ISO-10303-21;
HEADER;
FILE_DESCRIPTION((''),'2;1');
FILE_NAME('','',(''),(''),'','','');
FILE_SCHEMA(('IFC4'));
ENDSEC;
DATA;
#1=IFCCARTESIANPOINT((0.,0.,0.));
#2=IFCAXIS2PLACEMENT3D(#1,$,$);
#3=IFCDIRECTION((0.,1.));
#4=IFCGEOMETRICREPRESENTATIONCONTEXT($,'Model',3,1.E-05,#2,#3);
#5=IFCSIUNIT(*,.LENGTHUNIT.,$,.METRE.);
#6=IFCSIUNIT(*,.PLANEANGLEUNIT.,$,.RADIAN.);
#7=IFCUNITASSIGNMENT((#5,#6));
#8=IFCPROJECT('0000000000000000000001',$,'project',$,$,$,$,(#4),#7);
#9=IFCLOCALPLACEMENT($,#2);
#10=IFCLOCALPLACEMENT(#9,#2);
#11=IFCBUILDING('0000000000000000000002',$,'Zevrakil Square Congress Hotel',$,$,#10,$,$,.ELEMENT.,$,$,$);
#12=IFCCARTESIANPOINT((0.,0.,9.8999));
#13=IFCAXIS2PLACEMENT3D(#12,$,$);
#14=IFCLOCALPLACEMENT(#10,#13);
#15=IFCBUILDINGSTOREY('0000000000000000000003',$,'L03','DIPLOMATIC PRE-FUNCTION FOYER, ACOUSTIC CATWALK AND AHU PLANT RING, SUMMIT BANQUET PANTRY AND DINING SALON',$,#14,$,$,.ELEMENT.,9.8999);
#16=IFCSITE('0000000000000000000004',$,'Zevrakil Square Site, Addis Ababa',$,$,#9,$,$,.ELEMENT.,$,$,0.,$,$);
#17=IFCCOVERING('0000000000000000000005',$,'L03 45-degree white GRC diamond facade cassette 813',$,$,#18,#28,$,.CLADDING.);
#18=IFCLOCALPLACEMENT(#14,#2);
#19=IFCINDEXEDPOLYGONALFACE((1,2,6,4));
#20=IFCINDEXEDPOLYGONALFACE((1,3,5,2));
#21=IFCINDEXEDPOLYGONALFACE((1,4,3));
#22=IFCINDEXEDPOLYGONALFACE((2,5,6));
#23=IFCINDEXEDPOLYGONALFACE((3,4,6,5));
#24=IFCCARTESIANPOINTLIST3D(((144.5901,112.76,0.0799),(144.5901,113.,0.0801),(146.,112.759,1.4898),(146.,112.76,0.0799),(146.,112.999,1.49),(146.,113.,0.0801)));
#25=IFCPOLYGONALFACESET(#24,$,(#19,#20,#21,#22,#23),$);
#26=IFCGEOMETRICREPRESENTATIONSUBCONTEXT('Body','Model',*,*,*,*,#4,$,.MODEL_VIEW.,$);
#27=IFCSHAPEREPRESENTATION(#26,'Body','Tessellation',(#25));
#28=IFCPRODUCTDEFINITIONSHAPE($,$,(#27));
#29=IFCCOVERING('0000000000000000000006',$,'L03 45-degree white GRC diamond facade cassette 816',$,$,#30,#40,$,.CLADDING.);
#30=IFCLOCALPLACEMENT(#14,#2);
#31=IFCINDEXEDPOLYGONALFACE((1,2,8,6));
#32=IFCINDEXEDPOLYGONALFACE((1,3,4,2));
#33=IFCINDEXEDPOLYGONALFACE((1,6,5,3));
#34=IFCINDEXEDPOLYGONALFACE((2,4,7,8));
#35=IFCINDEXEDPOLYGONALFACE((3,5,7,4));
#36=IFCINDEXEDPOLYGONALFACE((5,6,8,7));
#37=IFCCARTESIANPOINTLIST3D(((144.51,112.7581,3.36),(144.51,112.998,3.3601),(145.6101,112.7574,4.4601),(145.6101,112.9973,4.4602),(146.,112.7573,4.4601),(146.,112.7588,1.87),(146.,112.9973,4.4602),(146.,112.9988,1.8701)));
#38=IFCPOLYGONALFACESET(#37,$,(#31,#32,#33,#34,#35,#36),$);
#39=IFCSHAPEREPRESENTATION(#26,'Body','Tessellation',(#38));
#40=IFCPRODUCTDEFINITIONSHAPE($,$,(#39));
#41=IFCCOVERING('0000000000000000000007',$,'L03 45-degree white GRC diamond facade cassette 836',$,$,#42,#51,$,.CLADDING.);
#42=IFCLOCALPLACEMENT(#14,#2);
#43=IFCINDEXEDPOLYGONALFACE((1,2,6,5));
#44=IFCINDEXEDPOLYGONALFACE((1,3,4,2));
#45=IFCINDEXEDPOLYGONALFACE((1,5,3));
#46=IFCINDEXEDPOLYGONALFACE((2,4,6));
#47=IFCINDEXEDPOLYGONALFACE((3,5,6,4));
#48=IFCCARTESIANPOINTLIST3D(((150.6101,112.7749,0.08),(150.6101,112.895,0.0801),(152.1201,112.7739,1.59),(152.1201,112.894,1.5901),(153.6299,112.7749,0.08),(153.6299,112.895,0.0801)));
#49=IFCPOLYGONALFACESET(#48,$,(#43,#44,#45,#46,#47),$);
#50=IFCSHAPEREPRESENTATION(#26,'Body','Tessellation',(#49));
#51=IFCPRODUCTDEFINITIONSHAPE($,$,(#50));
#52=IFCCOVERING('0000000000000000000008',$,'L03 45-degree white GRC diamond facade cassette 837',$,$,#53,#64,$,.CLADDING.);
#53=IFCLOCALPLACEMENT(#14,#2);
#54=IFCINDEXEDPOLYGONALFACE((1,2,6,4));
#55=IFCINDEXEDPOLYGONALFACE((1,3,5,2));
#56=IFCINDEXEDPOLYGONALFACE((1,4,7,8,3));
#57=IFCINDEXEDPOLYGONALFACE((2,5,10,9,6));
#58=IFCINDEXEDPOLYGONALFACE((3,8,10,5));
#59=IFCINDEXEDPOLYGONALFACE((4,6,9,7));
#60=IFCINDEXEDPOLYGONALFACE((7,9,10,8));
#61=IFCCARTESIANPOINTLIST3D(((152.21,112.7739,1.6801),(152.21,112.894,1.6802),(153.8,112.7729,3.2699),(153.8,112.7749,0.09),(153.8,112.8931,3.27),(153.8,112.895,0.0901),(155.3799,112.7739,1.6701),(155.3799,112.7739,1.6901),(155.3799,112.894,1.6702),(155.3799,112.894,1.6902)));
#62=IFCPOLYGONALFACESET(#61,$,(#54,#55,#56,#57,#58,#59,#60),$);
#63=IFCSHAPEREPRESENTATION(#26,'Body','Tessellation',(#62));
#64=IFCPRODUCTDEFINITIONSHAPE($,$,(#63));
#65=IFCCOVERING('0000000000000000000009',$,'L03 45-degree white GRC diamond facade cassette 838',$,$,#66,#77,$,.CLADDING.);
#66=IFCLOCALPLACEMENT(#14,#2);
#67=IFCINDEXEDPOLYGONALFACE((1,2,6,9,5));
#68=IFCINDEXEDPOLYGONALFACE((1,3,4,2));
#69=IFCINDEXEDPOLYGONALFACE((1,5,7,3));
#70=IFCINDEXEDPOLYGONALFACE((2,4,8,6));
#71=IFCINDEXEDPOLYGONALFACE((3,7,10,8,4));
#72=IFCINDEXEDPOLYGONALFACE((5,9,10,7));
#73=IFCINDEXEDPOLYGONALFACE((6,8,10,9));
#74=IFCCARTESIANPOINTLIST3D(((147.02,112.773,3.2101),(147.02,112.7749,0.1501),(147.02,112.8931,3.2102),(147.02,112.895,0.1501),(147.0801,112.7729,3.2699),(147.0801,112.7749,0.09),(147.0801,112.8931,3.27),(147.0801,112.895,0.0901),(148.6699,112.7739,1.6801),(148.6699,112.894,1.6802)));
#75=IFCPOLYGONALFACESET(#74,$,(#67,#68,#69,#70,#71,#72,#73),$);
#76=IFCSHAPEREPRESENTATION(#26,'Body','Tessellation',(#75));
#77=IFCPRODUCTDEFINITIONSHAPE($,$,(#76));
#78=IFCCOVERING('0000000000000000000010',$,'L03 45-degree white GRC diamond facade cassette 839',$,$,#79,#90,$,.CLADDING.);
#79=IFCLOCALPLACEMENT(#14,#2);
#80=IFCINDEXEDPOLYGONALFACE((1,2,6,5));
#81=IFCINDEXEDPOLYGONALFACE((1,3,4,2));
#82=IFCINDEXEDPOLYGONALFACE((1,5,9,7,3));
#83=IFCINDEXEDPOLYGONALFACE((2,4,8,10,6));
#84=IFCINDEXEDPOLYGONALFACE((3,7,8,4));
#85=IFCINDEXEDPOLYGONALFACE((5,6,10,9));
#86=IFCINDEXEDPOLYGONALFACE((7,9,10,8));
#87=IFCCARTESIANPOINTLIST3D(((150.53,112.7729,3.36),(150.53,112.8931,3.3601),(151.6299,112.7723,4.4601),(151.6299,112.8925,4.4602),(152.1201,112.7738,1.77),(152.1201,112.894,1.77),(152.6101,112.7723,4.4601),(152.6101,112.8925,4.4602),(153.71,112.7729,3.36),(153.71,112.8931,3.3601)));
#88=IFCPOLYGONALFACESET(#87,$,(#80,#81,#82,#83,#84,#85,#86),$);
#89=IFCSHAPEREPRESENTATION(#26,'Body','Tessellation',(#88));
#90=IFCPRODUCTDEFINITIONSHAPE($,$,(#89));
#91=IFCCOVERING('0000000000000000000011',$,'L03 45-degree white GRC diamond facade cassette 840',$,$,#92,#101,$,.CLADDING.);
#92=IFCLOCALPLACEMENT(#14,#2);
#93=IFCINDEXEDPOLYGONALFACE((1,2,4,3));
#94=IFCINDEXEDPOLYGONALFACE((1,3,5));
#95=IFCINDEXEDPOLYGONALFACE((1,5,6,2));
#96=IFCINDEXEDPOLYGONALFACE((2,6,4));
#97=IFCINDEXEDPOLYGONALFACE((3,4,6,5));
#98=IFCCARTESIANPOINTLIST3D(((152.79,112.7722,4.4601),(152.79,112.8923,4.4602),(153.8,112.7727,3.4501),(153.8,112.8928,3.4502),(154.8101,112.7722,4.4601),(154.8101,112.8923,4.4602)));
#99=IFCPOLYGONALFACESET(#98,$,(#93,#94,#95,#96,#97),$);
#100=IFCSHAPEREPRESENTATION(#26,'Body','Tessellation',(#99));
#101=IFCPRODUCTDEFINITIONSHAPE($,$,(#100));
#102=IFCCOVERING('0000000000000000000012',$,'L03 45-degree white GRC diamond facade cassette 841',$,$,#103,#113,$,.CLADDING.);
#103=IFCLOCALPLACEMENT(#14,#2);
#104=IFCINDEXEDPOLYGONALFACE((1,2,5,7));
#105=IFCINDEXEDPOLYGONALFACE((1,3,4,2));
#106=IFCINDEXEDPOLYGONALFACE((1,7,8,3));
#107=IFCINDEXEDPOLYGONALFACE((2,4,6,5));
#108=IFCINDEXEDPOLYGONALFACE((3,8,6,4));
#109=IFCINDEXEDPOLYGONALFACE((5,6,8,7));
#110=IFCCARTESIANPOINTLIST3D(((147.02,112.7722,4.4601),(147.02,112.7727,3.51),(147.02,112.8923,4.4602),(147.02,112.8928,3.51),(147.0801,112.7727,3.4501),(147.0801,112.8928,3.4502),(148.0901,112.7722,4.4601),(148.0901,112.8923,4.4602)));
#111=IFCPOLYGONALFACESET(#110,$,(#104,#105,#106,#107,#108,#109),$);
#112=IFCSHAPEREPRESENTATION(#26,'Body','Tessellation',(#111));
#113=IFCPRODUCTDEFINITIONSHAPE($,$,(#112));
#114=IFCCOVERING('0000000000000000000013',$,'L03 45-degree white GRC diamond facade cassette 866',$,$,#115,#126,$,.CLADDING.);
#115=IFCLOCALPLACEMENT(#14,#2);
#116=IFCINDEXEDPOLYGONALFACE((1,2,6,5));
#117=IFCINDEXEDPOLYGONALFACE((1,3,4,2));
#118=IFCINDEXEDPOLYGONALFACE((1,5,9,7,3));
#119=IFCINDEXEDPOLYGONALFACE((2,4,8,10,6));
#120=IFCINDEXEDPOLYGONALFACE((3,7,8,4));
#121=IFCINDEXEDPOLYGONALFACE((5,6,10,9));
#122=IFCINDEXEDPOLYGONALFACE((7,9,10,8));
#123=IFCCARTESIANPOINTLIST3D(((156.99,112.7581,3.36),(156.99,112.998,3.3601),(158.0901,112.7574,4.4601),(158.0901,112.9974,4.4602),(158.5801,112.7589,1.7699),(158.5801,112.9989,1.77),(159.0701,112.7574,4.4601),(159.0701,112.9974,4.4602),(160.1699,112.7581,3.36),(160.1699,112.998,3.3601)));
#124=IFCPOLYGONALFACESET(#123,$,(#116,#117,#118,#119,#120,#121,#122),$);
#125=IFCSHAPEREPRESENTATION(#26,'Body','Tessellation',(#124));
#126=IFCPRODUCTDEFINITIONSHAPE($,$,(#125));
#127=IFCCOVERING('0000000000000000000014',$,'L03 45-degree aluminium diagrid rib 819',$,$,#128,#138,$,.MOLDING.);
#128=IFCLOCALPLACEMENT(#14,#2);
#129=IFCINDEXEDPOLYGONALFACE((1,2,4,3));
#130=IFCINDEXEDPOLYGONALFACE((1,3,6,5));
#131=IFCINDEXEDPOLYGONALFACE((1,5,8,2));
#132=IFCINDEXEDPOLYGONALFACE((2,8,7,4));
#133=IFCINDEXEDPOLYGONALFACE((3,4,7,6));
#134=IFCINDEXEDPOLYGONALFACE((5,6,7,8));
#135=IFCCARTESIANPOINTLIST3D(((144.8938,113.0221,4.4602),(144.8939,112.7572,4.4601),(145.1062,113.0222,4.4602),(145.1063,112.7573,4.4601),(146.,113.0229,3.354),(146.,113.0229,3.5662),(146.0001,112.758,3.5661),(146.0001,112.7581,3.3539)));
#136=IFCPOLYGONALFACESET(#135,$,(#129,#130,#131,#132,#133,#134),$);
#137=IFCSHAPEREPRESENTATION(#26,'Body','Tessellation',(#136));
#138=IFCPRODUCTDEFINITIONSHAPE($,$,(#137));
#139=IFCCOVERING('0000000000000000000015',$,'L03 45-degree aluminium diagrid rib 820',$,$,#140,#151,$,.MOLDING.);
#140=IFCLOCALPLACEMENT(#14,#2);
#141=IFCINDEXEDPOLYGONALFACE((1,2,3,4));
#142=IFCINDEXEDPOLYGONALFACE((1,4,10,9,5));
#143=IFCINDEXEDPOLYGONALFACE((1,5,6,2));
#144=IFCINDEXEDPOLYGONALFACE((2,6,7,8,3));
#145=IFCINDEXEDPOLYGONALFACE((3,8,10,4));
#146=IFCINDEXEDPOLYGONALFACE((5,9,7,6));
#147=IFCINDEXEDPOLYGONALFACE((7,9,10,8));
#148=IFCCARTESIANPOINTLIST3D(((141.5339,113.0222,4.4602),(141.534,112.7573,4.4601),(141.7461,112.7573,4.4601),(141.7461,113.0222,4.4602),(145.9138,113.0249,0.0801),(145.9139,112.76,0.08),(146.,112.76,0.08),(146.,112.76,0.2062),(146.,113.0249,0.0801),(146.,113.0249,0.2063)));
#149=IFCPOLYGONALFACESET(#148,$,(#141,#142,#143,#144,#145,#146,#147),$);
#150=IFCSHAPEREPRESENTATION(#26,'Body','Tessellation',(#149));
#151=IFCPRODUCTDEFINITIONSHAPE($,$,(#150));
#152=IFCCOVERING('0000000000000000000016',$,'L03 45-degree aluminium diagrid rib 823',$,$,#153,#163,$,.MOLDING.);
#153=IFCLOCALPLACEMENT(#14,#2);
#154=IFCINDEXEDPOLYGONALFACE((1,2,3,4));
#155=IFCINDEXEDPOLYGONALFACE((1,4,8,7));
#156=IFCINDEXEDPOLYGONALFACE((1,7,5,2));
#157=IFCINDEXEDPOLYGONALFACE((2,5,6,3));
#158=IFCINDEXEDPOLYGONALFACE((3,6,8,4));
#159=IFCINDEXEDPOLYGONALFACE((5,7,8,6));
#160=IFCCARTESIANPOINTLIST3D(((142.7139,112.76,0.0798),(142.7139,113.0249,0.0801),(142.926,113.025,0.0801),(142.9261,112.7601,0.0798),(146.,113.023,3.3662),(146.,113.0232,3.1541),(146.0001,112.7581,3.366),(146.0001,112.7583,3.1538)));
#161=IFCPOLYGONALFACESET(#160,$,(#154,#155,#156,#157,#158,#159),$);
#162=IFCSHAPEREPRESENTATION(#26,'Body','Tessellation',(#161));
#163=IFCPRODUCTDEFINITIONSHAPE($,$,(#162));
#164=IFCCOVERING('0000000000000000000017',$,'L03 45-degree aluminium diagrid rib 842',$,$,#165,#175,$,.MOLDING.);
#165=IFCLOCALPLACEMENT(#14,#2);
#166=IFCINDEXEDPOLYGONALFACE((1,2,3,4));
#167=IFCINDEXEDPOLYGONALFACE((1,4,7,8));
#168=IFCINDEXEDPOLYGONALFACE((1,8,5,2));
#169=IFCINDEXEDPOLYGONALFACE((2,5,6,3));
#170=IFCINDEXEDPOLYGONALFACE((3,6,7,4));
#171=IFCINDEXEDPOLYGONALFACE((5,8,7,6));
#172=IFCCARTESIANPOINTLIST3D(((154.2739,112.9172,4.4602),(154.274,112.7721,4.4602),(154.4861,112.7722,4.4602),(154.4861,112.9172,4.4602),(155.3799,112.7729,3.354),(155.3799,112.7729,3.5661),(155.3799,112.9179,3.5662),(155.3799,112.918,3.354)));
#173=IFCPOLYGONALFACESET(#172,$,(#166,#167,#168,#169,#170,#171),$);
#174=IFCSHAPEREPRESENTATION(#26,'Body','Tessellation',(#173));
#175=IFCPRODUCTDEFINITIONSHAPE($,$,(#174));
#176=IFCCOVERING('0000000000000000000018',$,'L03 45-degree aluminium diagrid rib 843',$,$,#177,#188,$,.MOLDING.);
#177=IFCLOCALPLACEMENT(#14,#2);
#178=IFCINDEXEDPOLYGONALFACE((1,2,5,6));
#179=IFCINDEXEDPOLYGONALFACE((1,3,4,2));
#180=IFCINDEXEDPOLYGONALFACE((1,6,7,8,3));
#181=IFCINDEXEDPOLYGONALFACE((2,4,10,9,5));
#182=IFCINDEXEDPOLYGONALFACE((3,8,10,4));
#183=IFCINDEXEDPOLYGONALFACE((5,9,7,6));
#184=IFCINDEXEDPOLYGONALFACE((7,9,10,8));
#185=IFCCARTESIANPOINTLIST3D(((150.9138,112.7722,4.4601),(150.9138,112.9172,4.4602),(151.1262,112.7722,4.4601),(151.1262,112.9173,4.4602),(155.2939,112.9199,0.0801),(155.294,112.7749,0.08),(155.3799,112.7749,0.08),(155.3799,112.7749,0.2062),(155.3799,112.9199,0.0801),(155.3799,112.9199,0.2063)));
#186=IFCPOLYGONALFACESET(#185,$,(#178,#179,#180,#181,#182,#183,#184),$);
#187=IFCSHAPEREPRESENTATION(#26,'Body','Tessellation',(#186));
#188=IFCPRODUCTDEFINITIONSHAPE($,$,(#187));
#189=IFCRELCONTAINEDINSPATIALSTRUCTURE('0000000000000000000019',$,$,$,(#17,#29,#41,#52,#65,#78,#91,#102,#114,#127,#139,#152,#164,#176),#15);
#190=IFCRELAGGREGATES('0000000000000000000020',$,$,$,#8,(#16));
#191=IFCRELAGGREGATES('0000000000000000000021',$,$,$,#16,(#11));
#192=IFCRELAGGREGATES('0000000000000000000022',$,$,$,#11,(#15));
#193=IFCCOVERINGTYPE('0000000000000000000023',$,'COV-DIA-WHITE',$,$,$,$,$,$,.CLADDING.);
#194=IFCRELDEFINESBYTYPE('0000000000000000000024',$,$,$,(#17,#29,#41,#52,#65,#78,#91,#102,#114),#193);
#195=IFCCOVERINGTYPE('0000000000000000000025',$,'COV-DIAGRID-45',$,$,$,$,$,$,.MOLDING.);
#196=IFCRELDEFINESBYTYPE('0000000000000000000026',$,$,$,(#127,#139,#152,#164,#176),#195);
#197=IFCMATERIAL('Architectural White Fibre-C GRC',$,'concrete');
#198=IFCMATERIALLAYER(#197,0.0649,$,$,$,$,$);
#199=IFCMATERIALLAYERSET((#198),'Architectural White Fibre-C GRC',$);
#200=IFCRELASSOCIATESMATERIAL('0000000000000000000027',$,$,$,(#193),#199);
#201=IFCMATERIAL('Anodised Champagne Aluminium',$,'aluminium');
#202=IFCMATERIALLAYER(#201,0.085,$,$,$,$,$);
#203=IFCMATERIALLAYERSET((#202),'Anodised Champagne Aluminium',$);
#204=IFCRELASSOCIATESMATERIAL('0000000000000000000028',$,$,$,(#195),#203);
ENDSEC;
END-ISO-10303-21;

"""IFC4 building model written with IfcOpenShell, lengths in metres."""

from ifc_helpers import new_model, si_unit, direction, frame, origin, place, context, subcontext, project, spatial, polyline, outline, extrude, material, layer, layer_set, type_object, element, save


model = new_model("IFC4")

# Units and contexts
model_context = context("Model", 3, precision=1e-05, world=origin(), true_north=direction((0.0, 1.0)))
body_context = subcontext(model_context, "Body", "Model", "MODEL_VIEW")
ifc_project = project(units=[si_unit("LENGTHUNIT", "METRE"), si_unit("PLANEANGLEUNIT", "RADIAN")], contexts=[model_context])

# Site, building, storey
site_placement = place(None, origin())
site = spatial("IfcSite", under=ifc_project, at=site_placement, Name="Zevrakil Square Site, Addis Ababa", CompositionType="ELEMENT", RefElevation=0.0)
building_placement = place(site_placement, origin())
building = spatial("IfcBuilding", under=site, at=building_placement, Name="Zevrakil Square Congress Hotel", CompositionType="ELEMENT")
storey_placement = place(building_placement, frame((0.0, 0.0, 9.8999)))
storey = spatial("IfcBuildingStorey", under=building, at=storey_placement, Name="L03", Description="DIPLOMATIC PRE-FUNCTION FOYER, ACOUSTIC CATWALK AND AHU PLANT RING, SUMMIT BANQUET PANTRY AND DINING SALON", CompositionType="ELEMENT", Elevation=9.8999)

# Coverings
ifc_material_1 = material(Name="Architectural White Fibre-C GRC", Category="concrete")
ifc_layer_1 = layer(ifc_material_1, 0.0649)
ifc_layer_set_1 = layer_set([ifc_layer_1], Name="Architectural White Fibre-C GRC")
covering_type_1 = type_object("IfcCoveringType", Name="COV-DIA-WHITE", PredefinedType="CLADDING", material=ifc_layer_set_1)
covering_1_placement = place(storey_placement, frame((144.5901, 113.0, 0.0801), z_axis=(0.0, 1.0, 0.000693), x_axis=(1.0, 0.0, 0.0)))
element("IfcCovering", 1, at=covering_1_placement, inside=storey, type_object=covering_type_1, Name="L03 45-degree white GRC diamond facade cassette 813", PredefinedType="CLADDING", context=body_context, shape_type="SweptSolid", body=[
    extrude(outline(polyline([(0.0, 0.0), (1.4099, 0.0), (1.4099, -1.4099), (0.0, 0.0)])), origin(), (0.0, 0.0, -1.0), 0.24),
])
covering_2_placement = place(storey_placement, frame((144.51, 112.998, 3.3601), z_axis=(0.000067, 1.0, 0.000576), x_axis=(0.707107, 0.00036, -0.707107)))
element("IfcCovering", 2, at=covering_2_placement, inside=storey, type_object=covering_type_1, Name="L03 45-degree white GRC diamond facade cassette 816", PredefinedType="CLADDING", context=body_context, shape_type="SweptSolid", body=[
    extrude(outline(polyline([(0.0, 0.0), (2.1072, 0.0), (0.2757, -1.8315), (0.0, -1.5558), (0.0, 0.0)])), origin(), (0.0, 0.0, -1.0), 0.24),
])
covering_3_placement = place(storey_placement, frame((152.1201, 112.894, 1.5901), z_axis=(0.0, 1.0, 0.000647), x_axis=(-0.707107, 0.000457, -0.707107)))
element("IfcCovering", 3, at=covering_3_placement, inside=storey, type_object=covering_type_1, Name="L03 45-degree white GRC diamond facade cassette 836", PredefinedType="CLADDING", context=body_context, shape_type="SweptSolid", body=[
    extrude(outline(polyline([(0.0, 0.0), (2.1355, 0.0), (0.0002, -2.1353), (0.0, 0.0)])), origin(), (0.0, 0.0, -1.0), 0.1201),
])
covering_4_placement = place(storey_placement, frame((153.8, 112.8931, 3.27), z_axis=(0.0, 1.0, 0.000612), x_axis=(-0.707161, 0.000433, -0.707052)))
element("IfcCovering", 4, at=covering_4_placement, inside=storey, type_object=covering_type_1, Name="L03 45-degree white GRC diamond facade cassette 837", PredefinedType="CLADDING", context=body_context, shape_type="SweptSolid", body=[
    extrude(outline(polyline([(0.0, 0.0), (2.2486, 0.0), (2.2484, -2.2487), (0.014, -2.2484), (-0.0002, -2.2342), (0.0, 0.0)])), origin(), (0.0, 0.0, -1.0), 0.1201),
])
covering_5_placement = place(storey_placement, frame((147.0801, 112.895, 0.0901), z_axis=(0.0, 1.0, 0.000615), x_axis=(0.707052, -0.000435, 0.707161)))
element("IfcCovering", 5, at=covering_5_placement, inside=storey, type_object=covering_type_1, Name="L03 45-degree white GRC diamond facade cassette 838", PredefinedType="CLADDING", context=body_context, shape_type="SweptSolid", body=[
    extrude(outline(polyline([(0.0, 0.0), (2.2486, 0.0), (2.2487, -2.2484), (2.164, -2.2486), (0.0, -0.0849), (0.0, 0.0)])), origin(), (0.0, 0.0, -1.0), 0.1201),
])
covering_6_placement = place(storey_placement, frame((150.53, 112.8931, 3.3601), z_axis=(0.0, 1.0, 0.000558), x_axis=(0.707107, 0.000395, -0.707107)))
element("IfcCovering", 6, at=covering_6_placement, inside=storey, type_object=covering_type_1, Name="L03 45-degree white GRC diamond facade cassette 839", PredefinedType="CLADDING", context=body_context, shape_type="SweptSolid", body=[
    extrude(outline(polyline([(0.0, 0.0), (2.2487, 0.0), (2.2486, -2.2486), (0.693, -2.2487), (-0.0002, -1.5556), (0.0, 0.0)])), origin(), (0.0, 0.0, -1.0), 0.1201),
])
covering_7_placement = place(storey_placement, frame((153.8, 112.8928, 3.4502), z_axis=(0.0, 1.0, 0.000483), x_axis=(0.707107, -0.000342, 0.707107)))
element("IfcCovering", 7, at=covering_7_placement, inside=storey, type_object=covering_type_1, Name="L03 45-degree white GRC diamond facade cassette 840", PredefinedType="CLADDING", context=body_context, shape_type="SweptSolid", body=[
    extrude(outline(polyline([(0.0, 0.0), (1.4284, 0.0), (0.0, -1.4284), (0.0, 0.0)])), origin(), (0.0, 0.0, -1.0), 0.1201),
])
covering_8_placement = place(storey_placement, frame((147.0801, 112.8928, 3.4502), z_axis=(0.000026, 1.0, 0.000485), x_axis=(0.707107, -0.000361, 0.707107)))
element("IfcCovering", 8, at=covering_8_placement, inside=storey, type_object=covering_type_1, Name="L03 45-degree white GRC diamond facade cassette 841", PredefinedType="CLADDING", context=body_context, shape_type="SweptSolid", body=[
    extrude(outline(polyline([(0.0, 0.0), (1.4284, 0.0), (0.6717, -0.7567), (-0.0002, -0.0848), (0.0, 0.0)])), origin(), (0.0, 0.0, -1.0), 0.1201),
])
covering_9_placement = place(storey_placement, frame((156.99, 112.998, 3.3601), z_axis=(0.0, 1.0, 0.000558), x_axis=(0.707107, 0.000395, -0.707107)))
element("IfcCovering", 9, at=covering_9_placement, inside=storey, type_object=covering_type_1, Name="L03 45-degree white GRC diamond facade cassette 866", PredefinedType="CLADDING", context=body_context, shape_type="SweptSolid", body=[
    extrude(outline(polyline([(0.0, 0.0), (2.2487, 0.0), (2.2486, -2.2486), (0.693, -2.2487), (0.0, -1.5558), (0.0, 0.0)])), origin(), (0.0, 0.0, -1.0), 0.24),
])
ifc_material_2 = material(Name="Anodised Champagne Aluminium", Category="aluminium")
ifc_layer_2 = layer(ifc_material_2, 0.085)
ifc_layer_set_2 = layer_set([ifc_layer_2], Name="Anodised Champagne Aluminium")
covering_type_2 = type_object("IfcCoveringType", Name="COV-DIAGRID-45", PredefinedType="MOLDING", material=ifc_layer_set_2)
covering_10_placement = place(storey_placement, frame((146.0, 113.0229, 3.354), z_axis=(-0.000366, 1.0, 0.000366), x_axis=(0.0, -0.000366, 1.0)))
element("IfcCovering", 10, at=covering_10_placement, inside=storey, type_object=covering_type_2, Name="L03 45-degree aluminium diagrid rib 819", PredefinedType="MOLDING", context=body_context, shape_type="SweptSolid", body=[
    extrude(outline(polyline([(0.0, 0.0), (0.2122, 0.0), (1.1062, -0.8938), (1.1062, -1.1062), (0.0, 0.0)])), origin(), (0.0, 0.0, -1.0), 0.2649),
])
covering_11_placement = place(storey_placement, frame((145.9138, 113.0249, 0.0801), z_axis=(-0.000184, 1.0, 0.000435), x_axis=(1.0, 0.000184, 0.0)))
element("IfcCovering", 11, at=covering_11_placement, inside=storey, type_object=covering_type_2, Name="L03 45-degree aluminium diagrid rib 820", PredefinedType="MOLDING", context=body_context, shape_type="SweptSolid", body=[
    extrude(outline(polyline([(0.0, 0.0), (0.0862, 0.0), (0.0862, -0.1262), (-4.1677, -4.3801), (-4.3799, -4.3801), (0.0, 0.0)])), origin(), (0.0, 0.0, -1.0), 0.2649),
])
covering_12_placement = place(storey_placement, frame((146.0, 113.0232, 3.1541), z_axis=(-0.000287, 1.0, 0.000863), x_axis=(0.0, -0.000863, 1.0)))
element("IfcCovering", 12, at=covering_12_placement, inside=storey, type_object=covering_type_2, Name="L03 45-degree aluminium diagrid rib 823", PredefinedType="MOLDING", context=body_context, shape_type="SweptSolid", body=[
    extrude(outline(polyline([(0.0, 0.0), (0.2122, 0.0), (-3.074, -3.2861), (-3.074, -3.074), (0.0, 0.0)])), origin(), (0.0, 0.0, -1.0), 0.2649),
])
covering_13_placement = place(storey_placement, frame((155.3799, 112.918, 3.354), z_axis=(-0.000366, 1.0, 0.000366), x_axis=(0.0, -0.000366, 1.0)))
element("IfcCovering", 13, at=covering_13_placement, inside=storey, type_object=covering_type_2, Name="L03 45-degree aluminium diagrid rib 842", PredefinedType="MOLDING", context=body_context, shape_type="SweptSolid", body=[
    extrude(outline(polyline([(0.0, 0.0), (0.2122, 0.0), (1.1062, -0.8938), (1.1062, -1.106), (0.0, 0.0)])), origin(), (0.0, 0.0, -1.0), 0.145),
])
covering_14_placement = place(storey_placement, frame((155.2939, 112.9199, 0.0801), z_axis=(-0.000184, 1.0, 0.000435), x_axis=(1.0, 0.000184, 0.0)))
element("IfcCovering", 14, at=covering_14_placement, inside=storey, type_object=covering_type_2, Name="L03 45-degree aluminium diagrid rib 843", PredefinedType="MOLDING", context=body_context, shape_type="SweptSolid", body=[
    extrude(outline(polyline([(0.0, 0.0), (0.0859, 0.0), (0.0859, -0.1262), (-4.1677, -4.3801), (-4.3801, -4.3801), (0.0, 0.0)])), origin(), (0.0, 0.0, -1.0), 0.145),
])

save(model, "model.ifc")
